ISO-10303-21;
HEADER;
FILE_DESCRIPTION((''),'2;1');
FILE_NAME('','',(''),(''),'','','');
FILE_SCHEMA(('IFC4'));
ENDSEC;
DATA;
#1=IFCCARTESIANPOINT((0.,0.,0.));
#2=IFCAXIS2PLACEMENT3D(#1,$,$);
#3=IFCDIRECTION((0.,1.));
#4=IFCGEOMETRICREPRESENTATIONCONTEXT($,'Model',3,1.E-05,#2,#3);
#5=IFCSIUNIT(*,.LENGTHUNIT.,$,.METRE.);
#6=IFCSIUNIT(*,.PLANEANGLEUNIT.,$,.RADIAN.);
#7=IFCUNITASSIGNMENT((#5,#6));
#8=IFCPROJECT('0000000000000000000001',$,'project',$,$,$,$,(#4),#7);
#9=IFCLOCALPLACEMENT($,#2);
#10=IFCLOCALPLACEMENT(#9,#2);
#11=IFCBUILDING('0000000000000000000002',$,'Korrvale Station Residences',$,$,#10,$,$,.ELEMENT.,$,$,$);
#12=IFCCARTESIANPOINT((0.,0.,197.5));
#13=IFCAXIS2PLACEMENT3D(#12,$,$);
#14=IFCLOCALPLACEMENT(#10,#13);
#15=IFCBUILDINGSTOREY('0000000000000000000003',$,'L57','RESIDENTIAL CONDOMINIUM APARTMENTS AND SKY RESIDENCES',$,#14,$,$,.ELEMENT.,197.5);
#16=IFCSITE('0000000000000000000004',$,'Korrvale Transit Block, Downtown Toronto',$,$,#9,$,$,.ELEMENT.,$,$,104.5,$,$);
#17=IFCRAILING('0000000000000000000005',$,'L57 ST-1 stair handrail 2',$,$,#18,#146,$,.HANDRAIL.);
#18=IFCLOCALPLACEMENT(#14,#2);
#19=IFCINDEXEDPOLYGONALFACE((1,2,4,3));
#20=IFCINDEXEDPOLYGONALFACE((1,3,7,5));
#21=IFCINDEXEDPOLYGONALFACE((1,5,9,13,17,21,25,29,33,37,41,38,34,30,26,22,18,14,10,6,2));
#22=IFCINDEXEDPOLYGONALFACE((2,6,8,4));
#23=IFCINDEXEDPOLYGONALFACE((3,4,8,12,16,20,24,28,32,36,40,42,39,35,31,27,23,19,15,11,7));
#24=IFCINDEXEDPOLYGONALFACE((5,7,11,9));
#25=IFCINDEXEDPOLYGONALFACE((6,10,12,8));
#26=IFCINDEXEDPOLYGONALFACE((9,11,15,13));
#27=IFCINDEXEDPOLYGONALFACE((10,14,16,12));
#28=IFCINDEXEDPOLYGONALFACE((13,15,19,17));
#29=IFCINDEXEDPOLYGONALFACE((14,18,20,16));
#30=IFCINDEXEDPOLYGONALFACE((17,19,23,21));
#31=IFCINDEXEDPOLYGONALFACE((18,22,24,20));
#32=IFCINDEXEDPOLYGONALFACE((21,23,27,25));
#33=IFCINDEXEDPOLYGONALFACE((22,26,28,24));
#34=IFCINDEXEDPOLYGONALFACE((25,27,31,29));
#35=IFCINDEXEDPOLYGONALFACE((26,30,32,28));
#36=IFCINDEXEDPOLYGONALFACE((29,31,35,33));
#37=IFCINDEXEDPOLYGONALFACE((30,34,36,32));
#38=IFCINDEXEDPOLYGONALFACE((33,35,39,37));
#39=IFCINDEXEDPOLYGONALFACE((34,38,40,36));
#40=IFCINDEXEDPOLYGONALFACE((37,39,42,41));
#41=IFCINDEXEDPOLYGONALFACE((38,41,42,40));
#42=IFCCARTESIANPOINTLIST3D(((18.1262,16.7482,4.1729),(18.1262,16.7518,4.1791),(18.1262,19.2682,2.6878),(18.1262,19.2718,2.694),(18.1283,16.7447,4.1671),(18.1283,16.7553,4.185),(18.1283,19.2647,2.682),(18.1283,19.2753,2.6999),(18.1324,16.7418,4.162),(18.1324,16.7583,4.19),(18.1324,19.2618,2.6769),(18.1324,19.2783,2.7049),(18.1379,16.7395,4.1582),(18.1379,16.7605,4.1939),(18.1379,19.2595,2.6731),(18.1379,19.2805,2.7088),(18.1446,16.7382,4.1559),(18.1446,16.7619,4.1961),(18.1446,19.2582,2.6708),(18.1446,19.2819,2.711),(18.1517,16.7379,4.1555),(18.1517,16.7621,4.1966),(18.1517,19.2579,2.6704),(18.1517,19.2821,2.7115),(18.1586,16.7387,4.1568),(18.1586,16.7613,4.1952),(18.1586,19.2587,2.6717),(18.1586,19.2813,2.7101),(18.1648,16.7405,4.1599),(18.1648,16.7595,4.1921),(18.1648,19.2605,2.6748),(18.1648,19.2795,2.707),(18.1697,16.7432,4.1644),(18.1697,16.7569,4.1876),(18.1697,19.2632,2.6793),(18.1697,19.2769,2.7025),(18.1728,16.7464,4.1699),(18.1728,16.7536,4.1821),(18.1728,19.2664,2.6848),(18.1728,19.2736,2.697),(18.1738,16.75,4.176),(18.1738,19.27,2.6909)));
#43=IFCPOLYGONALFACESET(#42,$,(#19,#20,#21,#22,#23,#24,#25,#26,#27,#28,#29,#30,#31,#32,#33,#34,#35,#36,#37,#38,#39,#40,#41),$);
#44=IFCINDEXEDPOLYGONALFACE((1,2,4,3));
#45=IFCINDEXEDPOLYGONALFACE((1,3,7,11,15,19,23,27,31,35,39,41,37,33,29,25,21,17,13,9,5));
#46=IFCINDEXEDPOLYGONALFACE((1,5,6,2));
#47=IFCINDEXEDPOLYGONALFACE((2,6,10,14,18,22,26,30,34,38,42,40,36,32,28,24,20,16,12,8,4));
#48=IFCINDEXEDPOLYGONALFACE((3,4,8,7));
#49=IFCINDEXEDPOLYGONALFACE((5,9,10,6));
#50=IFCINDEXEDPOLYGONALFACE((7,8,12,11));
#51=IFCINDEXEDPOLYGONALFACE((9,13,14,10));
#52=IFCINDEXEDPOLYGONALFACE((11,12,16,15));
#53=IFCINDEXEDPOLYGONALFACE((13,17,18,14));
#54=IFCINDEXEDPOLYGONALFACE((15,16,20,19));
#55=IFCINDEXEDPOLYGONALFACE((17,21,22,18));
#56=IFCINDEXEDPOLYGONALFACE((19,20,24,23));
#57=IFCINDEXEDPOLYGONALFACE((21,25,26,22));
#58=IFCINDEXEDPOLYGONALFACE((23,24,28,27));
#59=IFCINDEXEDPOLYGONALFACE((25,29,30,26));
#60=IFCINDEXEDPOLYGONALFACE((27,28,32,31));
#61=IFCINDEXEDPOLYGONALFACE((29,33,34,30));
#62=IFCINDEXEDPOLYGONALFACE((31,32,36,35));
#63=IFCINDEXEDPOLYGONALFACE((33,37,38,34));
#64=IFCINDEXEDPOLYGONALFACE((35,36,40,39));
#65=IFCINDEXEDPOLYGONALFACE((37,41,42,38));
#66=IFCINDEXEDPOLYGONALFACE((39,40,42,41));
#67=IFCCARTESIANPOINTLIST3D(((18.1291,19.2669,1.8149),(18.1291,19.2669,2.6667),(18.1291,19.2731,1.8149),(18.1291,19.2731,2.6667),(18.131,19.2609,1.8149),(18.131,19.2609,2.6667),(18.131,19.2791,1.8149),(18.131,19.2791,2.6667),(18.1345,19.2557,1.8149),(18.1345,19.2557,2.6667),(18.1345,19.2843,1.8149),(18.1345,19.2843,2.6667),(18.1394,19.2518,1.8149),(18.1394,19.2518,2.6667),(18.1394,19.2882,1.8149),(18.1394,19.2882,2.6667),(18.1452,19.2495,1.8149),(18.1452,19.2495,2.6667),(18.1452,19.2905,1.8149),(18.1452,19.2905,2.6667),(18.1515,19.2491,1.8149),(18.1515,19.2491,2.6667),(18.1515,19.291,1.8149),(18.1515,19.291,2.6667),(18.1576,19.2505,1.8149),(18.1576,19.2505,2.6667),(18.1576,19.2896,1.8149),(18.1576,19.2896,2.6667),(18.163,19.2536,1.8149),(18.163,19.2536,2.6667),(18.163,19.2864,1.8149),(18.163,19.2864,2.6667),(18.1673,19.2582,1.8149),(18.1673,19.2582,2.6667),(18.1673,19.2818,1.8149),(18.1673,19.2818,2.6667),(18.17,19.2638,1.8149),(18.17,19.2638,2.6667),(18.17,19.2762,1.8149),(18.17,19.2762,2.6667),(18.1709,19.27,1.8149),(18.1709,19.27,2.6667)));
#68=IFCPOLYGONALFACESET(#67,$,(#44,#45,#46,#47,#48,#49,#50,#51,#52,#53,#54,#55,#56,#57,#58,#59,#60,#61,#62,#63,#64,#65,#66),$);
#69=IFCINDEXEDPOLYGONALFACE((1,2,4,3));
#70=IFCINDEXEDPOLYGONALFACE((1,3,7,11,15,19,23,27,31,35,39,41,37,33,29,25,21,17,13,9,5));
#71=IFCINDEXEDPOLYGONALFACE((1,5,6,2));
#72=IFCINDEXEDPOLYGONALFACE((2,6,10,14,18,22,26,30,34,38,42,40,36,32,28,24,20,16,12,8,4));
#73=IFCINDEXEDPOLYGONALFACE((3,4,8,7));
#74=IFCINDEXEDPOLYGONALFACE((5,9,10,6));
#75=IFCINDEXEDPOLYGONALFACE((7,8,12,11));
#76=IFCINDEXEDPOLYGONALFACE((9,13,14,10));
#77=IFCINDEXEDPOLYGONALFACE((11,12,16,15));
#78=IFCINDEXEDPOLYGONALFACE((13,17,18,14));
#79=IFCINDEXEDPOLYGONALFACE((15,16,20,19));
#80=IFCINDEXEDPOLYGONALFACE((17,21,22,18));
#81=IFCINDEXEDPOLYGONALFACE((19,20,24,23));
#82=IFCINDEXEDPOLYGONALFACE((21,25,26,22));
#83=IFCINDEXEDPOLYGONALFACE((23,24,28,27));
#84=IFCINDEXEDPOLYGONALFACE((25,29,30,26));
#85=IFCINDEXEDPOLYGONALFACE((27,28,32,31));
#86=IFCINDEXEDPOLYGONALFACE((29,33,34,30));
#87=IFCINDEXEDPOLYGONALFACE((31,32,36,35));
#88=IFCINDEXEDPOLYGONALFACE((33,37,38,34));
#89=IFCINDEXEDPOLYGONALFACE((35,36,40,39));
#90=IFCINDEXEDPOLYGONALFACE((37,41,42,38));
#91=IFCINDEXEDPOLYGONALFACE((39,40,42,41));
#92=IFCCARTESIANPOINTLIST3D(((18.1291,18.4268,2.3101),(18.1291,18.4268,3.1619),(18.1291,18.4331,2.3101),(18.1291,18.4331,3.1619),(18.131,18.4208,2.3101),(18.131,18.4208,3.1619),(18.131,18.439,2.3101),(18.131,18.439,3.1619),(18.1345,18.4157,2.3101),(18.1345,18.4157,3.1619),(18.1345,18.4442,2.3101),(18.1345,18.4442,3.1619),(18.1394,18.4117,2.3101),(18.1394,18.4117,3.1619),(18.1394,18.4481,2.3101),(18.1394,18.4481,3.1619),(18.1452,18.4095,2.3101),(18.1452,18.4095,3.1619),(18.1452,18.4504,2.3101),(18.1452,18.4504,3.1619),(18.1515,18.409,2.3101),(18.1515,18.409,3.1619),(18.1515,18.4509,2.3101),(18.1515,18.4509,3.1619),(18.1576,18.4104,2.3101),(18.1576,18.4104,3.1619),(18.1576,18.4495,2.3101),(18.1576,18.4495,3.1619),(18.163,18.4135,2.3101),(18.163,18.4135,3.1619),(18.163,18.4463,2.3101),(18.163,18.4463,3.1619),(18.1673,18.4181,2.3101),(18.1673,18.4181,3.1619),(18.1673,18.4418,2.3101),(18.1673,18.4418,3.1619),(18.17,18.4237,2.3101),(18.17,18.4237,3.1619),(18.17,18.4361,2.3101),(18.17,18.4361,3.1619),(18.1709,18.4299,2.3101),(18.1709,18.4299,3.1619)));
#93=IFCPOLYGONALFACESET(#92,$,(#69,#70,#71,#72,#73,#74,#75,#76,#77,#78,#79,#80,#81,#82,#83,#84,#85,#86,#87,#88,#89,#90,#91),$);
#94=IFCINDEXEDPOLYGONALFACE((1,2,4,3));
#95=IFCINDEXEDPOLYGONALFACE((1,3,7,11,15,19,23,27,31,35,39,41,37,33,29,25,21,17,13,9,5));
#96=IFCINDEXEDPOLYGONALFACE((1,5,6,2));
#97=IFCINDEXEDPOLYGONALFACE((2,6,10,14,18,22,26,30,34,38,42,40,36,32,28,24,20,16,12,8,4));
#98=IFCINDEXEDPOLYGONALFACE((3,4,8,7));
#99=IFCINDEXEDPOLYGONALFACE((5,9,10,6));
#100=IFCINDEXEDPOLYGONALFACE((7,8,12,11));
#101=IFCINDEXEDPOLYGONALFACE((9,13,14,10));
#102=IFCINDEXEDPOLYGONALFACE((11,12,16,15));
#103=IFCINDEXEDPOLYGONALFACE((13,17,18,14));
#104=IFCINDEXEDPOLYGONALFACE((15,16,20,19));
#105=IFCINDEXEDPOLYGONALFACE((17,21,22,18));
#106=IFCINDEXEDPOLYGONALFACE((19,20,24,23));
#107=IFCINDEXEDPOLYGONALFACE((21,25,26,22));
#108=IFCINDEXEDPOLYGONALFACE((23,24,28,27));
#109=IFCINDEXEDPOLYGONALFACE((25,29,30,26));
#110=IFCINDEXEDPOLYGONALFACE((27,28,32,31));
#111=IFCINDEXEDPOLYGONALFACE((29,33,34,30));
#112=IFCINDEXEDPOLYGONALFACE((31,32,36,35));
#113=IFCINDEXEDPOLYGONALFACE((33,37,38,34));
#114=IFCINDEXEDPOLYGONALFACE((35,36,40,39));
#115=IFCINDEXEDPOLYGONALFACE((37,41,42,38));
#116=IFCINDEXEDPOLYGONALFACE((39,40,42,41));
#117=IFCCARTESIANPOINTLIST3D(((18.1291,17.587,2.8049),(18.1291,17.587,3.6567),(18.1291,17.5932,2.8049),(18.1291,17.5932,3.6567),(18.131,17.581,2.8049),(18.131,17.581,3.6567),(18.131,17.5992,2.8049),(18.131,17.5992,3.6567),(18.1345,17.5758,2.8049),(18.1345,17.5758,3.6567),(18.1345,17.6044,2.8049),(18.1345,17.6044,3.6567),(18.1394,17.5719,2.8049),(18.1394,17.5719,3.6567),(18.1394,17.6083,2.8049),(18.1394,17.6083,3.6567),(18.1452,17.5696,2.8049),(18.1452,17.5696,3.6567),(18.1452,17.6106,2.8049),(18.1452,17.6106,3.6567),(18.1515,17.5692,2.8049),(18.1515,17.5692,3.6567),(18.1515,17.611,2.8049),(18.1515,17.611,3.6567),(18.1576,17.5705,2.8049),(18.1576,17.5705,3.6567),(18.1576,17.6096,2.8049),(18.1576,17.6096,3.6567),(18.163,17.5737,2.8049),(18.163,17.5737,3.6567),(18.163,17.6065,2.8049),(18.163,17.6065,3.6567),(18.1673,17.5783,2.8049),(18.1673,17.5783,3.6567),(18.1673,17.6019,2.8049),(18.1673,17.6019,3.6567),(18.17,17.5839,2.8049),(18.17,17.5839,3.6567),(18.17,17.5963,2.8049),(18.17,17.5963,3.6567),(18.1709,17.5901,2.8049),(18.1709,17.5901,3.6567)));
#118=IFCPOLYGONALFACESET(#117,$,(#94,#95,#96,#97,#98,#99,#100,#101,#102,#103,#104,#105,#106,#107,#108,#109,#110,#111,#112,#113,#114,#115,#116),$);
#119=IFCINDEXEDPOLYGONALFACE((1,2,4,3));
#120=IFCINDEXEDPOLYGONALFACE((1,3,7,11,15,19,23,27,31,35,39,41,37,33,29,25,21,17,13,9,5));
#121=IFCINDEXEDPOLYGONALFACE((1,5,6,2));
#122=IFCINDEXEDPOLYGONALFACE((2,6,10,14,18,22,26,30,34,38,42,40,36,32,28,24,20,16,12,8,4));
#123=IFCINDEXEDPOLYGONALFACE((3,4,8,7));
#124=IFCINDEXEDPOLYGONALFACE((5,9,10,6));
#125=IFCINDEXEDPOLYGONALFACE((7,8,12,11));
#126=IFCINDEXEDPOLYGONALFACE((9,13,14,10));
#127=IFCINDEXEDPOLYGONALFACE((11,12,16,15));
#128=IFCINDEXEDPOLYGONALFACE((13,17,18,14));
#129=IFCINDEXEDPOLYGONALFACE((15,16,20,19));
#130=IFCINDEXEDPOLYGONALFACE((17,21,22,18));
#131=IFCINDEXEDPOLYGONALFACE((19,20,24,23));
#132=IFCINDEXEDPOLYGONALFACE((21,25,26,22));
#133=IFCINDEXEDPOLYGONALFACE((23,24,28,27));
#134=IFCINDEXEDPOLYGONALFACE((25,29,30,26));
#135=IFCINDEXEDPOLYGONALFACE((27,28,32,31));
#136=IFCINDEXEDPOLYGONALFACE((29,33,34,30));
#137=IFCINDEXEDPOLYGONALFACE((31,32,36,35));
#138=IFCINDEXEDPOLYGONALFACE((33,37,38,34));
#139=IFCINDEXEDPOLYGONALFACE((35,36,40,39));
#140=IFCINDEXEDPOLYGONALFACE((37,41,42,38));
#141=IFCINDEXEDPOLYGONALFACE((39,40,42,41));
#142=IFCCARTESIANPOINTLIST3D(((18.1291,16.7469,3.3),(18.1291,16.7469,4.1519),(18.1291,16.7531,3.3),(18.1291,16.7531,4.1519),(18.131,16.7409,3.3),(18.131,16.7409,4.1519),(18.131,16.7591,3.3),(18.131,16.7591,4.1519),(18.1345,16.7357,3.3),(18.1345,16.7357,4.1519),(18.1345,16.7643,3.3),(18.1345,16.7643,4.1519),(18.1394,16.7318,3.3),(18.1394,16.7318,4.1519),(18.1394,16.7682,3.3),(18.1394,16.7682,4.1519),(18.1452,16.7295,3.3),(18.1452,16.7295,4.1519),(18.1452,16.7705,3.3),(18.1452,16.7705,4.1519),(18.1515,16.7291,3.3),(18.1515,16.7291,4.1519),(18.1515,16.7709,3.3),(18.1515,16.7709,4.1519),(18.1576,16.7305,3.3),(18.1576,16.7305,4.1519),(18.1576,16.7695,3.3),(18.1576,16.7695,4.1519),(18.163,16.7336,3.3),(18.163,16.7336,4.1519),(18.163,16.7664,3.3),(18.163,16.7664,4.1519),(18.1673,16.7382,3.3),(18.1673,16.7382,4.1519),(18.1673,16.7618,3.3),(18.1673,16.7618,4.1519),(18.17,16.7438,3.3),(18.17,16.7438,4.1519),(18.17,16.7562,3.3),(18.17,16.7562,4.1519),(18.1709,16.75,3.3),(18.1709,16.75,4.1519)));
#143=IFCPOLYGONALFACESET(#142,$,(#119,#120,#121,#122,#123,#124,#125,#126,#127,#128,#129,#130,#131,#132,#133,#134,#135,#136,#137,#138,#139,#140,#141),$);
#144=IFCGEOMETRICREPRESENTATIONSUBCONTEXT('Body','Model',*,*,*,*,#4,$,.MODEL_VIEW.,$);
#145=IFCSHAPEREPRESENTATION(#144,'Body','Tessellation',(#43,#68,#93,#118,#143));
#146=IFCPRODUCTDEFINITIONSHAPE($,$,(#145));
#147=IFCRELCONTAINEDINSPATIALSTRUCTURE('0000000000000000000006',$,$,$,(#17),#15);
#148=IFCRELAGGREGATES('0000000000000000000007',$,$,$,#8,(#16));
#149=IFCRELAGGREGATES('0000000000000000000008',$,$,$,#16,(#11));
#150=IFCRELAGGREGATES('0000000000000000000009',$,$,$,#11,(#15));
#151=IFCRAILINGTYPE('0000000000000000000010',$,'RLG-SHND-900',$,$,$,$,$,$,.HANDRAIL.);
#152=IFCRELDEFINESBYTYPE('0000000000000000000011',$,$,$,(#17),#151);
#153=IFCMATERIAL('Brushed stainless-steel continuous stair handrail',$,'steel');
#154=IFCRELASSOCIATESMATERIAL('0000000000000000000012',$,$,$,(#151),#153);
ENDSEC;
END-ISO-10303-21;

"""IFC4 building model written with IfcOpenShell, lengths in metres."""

from ifc_helpers import new_model, si_unit, direction, frame, origin, origin_2d, place, context, subcontext, project, spatial, circle, extrude, material, type_object, element, save


model = new_model("IFC4")

# Units and contexts
model_context = context("Model", 3, precision=1e-05, world=origin(), true_north=direction((0.0, 1.0)))
body_context = subcontext(model_context, "Body", "Model", "MODEL_VIEW")
ifc_project = project(units=[si_unit("LENGTHUNIT", "METRE"), si_unit("PLANEANGLEUNIT", "RADIAN")], contexts=[model_context])

# Site, building, storey
site_placement = place(None, origin())
site = spatial("IfcSite", under=ifc_project, at=site_placement, Name="Korrvale Transit Block, Downtown Toronto", CompositionType="ELEMENT", RefElevation=104.5)
building_placement = place(site_placement, origin())
building = spatial("IfcBuilding", under=site, at=building_placement, Name="Korrvale Station Residences", CompositionType="ELEMENT")
storey_placement = place(building_placement, frame((0.0, 0.0, 197.5)))
storey = spatial("IfcBuildingStorey", under=building, at=storey_placement, Name="L57", Description="RESIDENTIAL CONDOMINIUM APARTMENTS AND SKY RESIDENCES", CompositionType="ELEMENT", Elevation=197.5)

# Railing
ifc_material_1 = material(Name="Brushed stainless-steel continuous stair handrail", Category="steel")
railing_type_1 = type_object("IfcRailingType", Name="RLG-SHND-900", PredefinedType="HANDRAIL", material=ifc_material_1)
railing_1_placement = place(storey_placement, frame((18.1499, 19.27, 1.8149)))
element("IfcRailing", 1, at=railing_1_placement, inside=storey, type_object=railing_type_1, Name="L57 ST-1 stair handrail 2", PredefinedType="HANDRAIL", context=body_context, shape_type="SweptSolid", body=[
    extrude(circle(Radius=0.0239, at=origin_2d()), frame((0.0, 0.0, 0.876), z_axis=(0.0, -0.861524, 0.507717), x_axis=(1.0, 0.0, 0.0)), (0.0, 0.0, 1.0), 2.925),
    extrude(circle(Radius=0.021, at=origin_2d()), origin(), (0.0, 0.0, 1.0), 0.8518),
    extrude(circle(Radius=0.021, at=origin_2d()), frame((0.0, -0.8401, 0.4951)), (0.0, 0.0, 1.0), 0.8518),
    extrude(circle(Radius=0.021, at=origin_2d()), frame((0.0, -1.6799, 0.99)), (0.0, 0.0, 1.0), 0.8518),
    extrude(circle(Radius=0.021, at=origin_2d()), frame((0.0, -2.52, 1.4851)), (0.0, 0.0, 1.0), 0.8518),
])

save(model, "model.ifc")
